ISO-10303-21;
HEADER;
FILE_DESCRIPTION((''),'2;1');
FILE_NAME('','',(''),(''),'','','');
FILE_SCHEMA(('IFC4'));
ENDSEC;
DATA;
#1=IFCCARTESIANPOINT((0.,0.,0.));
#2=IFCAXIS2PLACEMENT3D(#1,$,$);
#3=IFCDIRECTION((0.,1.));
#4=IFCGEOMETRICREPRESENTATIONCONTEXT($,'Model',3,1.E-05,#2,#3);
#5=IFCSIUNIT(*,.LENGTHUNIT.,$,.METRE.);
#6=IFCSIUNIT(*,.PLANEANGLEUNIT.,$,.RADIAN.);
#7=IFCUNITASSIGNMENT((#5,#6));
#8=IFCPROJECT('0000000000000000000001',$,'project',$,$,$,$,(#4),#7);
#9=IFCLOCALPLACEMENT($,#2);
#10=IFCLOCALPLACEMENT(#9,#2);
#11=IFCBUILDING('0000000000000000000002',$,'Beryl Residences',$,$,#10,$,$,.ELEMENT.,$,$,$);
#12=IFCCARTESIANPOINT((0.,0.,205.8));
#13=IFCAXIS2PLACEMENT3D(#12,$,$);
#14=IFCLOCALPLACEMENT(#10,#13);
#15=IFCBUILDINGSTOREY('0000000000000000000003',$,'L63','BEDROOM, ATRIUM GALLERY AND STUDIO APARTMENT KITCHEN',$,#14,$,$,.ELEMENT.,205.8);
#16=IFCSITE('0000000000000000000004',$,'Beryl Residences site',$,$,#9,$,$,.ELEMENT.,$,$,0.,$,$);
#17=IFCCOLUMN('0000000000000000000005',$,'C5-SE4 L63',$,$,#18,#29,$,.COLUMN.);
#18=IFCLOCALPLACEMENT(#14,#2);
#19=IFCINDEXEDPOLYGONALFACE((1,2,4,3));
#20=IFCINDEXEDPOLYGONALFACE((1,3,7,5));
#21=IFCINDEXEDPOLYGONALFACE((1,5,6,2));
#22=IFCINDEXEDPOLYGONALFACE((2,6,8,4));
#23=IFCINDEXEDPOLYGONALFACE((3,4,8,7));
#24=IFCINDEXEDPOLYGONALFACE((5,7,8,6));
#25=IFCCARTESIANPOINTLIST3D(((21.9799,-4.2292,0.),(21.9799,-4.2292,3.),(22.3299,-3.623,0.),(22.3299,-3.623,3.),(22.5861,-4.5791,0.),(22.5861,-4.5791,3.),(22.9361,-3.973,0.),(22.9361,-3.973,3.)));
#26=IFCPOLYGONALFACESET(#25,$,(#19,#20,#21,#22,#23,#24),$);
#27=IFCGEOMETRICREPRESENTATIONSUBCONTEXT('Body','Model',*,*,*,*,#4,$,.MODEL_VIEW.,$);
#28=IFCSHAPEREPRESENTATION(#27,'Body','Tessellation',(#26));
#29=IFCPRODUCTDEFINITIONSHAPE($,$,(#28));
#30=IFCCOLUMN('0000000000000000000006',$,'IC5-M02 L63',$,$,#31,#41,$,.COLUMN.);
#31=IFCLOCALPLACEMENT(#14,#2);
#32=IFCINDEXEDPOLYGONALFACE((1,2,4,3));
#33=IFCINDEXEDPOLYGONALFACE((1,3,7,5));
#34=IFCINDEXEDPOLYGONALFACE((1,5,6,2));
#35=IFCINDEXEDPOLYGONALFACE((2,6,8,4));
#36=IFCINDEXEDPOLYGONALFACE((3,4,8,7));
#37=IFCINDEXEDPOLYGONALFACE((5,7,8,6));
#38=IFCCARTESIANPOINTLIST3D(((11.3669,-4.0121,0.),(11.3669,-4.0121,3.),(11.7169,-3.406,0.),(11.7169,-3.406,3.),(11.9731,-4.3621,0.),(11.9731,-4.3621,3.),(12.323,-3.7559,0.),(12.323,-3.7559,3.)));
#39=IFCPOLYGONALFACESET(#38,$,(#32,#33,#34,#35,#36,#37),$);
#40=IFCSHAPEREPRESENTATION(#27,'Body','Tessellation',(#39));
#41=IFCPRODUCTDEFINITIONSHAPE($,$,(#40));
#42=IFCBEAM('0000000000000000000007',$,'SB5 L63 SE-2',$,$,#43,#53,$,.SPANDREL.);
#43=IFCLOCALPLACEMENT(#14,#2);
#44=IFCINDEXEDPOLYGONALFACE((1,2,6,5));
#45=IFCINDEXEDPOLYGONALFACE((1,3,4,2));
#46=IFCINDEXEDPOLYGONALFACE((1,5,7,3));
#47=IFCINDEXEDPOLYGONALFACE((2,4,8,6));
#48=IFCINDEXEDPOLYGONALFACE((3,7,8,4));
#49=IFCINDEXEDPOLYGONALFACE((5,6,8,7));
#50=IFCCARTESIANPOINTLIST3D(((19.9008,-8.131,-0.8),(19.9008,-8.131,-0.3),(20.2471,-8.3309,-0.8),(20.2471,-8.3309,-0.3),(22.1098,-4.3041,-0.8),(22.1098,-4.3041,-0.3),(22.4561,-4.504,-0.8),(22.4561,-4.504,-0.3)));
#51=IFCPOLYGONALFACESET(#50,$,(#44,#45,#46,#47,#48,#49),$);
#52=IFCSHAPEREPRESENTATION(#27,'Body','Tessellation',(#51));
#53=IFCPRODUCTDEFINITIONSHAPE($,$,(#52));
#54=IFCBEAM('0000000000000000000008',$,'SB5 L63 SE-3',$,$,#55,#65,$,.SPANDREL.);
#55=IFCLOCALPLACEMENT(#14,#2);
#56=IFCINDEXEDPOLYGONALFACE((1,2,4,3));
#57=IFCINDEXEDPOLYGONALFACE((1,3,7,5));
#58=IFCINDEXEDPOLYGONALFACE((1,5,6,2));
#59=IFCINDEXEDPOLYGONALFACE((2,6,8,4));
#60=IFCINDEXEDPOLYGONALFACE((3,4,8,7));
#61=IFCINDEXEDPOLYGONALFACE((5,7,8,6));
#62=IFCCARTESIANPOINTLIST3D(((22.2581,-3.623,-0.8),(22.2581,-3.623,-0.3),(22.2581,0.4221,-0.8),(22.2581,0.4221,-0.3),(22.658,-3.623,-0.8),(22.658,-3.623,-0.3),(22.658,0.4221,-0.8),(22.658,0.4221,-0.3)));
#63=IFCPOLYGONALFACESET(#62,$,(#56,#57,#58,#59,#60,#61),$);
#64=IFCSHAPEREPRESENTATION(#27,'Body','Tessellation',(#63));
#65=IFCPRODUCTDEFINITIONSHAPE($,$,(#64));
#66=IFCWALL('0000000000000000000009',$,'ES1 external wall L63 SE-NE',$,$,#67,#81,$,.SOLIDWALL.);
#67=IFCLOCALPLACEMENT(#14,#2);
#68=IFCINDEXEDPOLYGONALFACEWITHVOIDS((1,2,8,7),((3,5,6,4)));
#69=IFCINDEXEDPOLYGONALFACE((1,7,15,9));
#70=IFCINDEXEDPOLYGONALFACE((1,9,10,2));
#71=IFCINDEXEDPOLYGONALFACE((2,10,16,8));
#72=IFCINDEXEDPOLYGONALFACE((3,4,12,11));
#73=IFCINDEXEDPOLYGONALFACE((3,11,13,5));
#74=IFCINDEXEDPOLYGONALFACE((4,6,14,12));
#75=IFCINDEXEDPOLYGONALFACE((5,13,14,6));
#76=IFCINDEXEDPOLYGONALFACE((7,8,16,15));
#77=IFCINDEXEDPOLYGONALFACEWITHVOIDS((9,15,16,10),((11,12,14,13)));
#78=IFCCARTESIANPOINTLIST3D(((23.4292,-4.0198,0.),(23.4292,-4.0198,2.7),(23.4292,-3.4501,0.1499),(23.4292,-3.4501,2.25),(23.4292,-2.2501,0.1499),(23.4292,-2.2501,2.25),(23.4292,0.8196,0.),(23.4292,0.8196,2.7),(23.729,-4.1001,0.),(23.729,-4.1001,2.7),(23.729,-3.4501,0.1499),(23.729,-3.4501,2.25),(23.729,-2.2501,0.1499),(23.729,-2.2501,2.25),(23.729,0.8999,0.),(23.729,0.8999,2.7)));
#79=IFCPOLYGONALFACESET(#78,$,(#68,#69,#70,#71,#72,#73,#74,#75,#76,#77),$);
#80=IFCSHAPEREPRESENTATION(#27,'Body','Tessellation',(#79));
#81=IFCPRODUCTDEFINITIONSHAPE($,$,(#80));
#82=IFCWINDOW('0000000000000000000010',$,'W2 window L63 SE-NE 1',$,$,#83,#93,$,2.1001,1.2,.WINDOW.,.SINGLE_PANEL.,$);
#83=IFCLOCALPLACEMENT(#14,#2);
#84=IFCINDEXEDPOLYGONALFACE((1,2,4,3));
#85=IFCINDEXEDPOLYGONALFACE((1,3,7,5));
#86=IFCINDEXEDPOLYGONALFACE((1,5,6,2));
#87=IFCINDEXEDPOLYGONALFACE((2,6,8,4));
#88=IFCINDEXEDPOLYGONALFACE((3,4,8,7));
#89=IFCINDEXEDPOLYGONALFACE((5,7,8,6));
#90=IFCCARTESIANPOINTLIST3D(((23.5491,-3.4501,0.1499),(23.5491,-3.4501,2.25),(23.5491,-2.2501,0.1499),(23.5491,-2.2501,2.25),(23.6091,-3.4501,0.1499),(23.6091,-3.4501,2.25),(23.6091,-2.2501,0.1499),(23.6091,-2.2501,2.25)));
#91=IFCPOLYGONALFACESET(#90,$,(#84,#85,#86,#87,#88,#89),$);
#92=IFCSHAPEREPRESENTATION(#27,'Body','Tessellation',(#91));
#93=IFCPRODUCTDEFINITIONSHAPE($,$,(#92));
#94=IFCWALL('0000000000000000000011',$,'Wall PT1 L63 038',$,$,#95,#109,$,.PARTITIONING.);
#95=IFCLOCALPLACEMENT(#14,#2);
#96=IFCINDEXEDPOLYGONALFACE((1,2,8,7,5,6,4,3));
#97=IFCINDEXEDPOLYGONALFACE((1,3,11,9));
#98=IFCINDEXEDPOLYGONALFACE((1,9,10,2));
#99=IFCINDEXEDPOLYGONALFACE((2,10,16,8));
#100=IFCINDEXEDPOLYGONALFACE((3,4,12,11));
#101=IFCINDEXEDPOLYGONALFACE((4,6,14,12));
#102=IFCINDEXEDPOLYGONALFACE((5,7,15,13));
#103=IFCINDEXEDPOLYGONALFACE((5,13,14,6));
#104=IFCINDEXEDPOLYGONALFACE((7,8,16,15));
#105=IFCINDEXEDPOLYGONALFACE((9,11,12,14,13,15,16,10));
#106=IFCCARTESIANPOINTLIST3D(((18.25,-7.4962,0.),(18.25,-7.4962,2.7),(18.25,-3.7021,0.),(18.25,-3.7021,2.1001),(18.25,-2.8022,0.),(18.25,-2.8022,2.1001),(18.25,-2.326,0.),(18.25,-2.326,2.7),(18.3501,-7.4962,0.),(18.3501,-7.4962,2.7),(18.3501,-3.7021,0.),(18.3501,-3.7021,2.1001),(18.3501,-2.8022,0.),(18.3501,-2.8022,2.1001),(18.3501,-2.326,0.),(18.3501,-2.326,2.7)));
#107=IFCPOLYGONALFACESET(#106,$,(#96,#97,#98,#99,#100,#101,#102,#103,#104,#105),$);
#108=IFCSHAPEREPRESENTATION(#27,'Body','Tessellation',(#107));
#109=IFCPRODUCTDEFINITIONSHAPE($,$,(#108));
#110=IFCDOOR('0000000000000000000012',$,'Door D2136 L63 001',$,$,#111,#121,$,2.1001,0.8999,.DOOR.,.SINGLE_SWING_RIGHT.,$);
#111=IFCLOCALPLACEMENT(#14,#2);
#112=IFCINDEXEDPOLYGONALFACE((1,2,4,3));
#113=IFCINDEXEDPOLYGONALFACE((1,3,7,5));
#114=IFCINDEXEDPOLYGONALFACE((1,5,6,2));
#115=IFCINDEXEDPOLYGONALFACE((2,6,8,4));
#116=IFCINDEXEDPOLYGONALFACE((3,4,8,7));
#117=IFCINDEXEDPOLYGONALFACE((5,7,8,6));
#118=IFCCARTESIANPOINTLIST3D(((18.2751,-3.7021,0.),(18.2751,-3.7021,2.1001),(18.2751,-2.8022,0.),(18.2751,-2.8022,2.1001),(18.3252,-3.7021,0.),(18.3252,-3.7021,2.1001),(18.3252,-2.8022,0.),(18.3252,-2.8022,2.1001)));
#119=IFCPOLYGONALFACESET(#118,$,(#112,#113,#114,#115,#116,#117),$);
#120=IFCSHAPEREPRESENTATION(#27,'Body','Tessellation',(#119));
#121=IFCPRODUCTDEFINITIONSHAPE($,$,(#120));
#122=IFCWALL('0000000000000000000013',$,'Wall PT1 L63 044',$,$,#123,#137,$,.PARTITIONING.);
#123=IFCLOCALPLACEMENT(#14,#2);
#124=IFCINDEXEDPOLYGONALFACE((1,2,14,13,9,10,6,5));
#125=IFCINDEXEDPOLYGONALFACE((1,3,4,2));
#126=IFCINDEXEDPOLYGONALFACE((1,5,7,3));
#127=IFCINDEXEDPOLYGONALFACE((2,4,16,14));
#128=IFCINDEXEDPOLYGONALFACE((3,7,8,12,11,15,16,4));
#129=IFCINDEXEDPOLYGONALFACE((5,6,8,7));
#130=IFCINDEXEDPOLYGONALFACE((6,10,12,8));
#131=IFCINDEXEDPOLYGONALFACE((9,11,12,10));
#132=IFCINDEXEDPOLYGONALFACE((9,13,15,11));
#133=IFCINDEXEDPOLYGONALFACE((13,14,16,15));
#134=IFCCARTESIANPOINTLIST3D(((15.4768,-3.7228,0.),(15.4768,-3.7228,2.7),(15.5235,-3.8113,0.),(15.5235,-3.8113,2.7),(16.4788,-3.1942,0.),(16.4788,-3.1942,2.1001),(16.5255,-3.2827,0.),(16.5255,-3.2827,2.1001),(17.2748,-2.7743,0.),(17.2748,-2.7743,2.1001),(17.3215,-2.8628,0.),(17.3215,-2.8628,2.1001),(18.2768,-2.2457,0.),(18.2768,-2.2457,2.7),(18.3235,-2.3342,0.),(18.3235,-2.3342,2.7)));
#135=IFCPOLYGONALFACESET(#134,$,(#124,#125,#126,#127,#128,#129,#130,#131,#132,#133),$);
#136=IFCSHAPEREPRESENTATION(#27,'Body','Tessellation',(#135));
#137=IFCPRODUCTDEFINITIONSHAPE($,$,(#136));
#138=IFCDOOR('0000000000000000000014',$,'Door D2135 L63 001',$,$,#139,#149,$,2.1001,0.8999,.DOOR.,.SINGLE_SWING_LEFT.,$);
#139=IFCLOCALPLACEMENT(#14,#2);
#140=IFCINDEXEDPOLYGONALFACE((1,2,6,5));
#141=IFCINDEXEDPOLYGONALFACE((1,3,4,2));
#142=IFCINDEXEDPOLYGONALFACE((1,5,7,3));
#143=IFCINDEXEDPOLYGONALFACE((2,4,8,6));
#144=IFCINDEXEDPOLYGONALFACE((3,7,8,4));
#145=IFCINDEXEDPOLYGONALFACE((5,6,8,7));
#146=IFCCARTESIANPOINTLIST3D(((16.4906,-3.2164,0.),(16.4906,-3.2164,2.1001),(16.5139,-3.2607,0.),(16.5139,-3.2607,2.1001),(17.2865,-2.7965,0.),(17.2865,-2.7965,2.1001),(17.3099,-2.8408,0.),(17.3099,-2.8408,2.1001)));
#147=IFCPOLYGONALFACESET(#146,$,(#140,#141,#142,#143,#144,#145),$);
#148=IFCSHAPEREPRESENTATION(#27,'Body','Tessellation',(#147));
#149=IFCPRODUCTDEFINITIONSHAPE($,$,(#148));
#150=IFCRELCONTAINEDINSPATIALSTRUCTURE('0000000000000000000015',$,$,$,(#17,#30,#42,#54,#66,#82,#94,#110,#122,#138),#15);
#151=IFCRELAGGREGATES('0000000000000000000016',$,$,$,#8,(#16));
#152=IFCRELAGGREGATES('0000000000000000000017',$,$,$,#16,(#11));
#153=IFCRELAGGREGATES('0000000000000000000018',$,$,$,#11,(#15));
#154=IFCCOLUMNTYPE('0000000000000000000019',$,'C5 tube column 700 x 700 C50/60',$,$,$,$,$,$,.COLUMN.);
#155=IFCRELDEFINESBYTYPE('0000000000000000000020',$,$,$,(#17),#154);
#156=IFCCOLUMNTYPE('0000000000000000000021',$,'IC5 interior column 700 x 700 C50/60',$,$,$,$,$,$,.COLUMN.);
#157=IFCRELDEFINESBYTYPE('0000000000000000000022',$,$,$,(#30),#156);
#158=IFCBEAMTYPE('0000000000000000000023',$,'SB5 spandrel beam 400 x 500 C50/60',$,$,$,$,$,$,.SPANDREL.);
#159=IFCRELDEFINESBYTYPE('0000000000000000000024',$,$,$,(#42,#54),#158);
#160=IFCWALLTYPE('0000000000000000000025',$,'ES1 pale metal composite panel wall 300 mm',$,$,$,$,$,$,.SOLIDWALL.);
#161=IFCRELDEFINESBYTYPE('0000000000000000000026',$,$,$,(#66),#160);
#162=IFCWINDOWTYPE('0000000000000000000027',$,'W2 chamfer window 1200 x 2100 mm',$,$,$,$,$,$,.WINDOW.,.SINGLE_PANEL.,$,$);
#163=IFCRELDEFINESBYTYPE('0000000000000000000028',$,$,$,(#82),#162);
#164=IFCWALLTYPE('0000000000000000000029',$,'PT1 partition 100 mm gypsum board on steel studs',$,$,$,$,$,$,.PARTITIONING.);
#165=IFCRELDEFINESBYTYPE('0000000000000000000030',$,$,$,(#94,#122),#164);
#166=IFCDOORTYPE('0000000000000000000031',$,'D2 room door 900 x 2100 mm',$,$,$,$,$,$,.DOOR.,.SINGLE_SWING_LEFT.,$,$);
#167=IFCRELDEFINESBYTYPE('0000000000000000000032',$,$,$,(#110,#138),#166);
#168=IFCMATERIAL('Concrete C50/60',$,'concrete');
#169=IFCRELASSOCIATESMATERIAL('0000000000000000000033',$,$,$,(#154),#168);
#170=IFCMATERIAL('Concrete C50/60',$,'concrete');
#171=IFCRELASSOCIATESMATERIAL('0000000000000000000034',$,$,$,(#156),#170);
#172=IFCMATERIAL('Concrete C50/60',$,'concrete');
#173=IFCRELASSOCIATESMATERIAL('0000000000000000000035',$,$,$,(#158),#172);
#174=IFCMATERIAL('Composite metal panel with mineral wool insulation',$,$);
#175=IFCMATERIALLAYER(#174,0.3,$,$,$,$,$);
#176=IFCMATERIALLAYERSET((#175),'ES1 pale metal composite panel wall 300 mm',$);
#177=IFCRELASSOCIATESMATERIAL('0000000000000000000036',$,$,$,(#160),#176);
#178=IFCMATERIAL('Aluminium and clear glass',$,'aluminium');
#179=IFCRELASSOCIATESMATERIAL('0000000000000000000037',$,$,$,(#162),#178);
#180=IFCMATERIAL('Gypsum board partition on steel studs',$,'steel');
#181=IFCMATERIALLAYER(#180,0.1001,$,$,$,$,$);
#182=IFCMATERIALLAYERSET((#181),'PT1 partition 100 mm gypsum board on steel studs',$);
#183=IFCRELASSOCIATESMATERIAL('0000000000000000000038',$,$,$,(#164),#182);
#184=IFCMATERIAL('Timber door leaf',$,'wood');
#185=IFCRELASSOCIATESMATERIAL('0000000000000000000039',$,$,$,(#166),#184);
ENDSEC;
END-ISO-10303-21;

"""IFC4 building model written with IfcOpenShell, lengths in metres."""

from ifc_helpers import new_model, si_unit, direction, frame, frame_2d, origin, origin_2d, place, context, subcontext, project, spatial, polyline, rectangle, outline, extrude, material, layer, layer_set, material_profile, profile_set, type_object, element, fill, save


model = new_model("IFC4")

# Units and contexts
model_context = context("Model", 3, precision=1e-05, world=origin(), true_north=direction((0.0, 1.0)))
body_context = subcontext(model_context, "Body", "Model", "MODEL_VIEW")
ifc_project = project(units=[si_unit("LENGTHUNIT", "METRE"), si_unit("PLANEANGLEUNIT", "RADIAN")], contexts=[model_context])

# Site, building, storey
site_placement = place(None, origin())
site = spatial("IfcSite", under=ifc_project, at=site_placement, Name="Beryl Residences site", CompositionType="ELEMENT", RefElevation=0.0)
building_placement = place(site_placement, origin())
building = spatial("IfcBuilding", under=site, at=building_placement, Name="Beryl Residences", CompositionType="ELEMENT")
storey_placement = place(building_placement, frame((0.0, 0.0, 205.8)))
storey = spatial("IfcBuildingStorey", under=building, at=storey_placement, Name="L63", Description="BEDROOM, ATRIUM GALLERY AND STUDIO APARTMENT KITCHEN", CompositionType="ELEMENT", Elevation=205.8)

# Columns
ifc_material_1 = material(Name="Concrete C50/60", Category="concrete")
ifc_material_profile_1 = material_profile(ifc_material_1, rectangle(XDim=0.7, YDim=0.7, at=origin_2d()))
ifc_profile_set_1 = profile_set([ifc_material_profile_1], Name="Concrete C50/60")
column_type_1 = type_object("IfcColumnType", Name="C5 tube column 700 x 700 C50/60", PredefinedType="COLUMN", material=ifc_profile_set_1)
column_1_placement = place(storey_placement, frame((22.458, -4.1011, 0.0), z_axis=(0.0, 0.0, 1.0), x_axis=(0.499985, 0.866034, 0.0)))
element("IfcColumn", 1, at=column_1_placement, inside=storey, type_object=column_type_1, Name="C5-SE4 L63", PredefinedType="COLUMN", context=body_context, shape_type="SweptSolid", body=[
    extrude(rectangle(XDim=0.7, YDim=0.7, at=origin_2d()), origin(), (0.0, 0.0, 1.0), 3.0),
])
ifc_material_2 = material(Name="Concrete C50/60", Category="concrete")
ifc_material_profile_2 = material_profile(ifc_material_2, rectangle(XDim=0.7, YDim=0.7, at=origin_2d()))
ifc_profile_set_2 = profile_set([ifc_material_profile_2], Name="Concrete C50/60")
column_type_2 = type_object("IfcColumnType", Name="IC5 interior column 700 x 700 C50/60", PredefinedType="COLUMN", material=ifc_profile_set_2)
column_2_placement = place(storey_placement, frame((11.845, -3.884, 0.0), z_axis=(0.0, 0.0, 1.0), x_axis=(0.499985, 0.866034, 0.0)))
element("IfcColumn", 2, at=column_2_placement, inside=storey, type_object=column_type_2, Name="IC5-M02 L63", PredefinedType="COLUMN", context=body_context, shape_type="SweptSolid", body=[
    extrude(rectangle(XDim=0.7, YDim=0.7, at=origin_2d()), origin(), (0.0, 0.0, 1.0), 3.0),
])

# Beams
ifc_material_3 = material(Name="Concrete C50/60", Category="concrete")
ifc_material_profile_3 = material_profile(ifc_material_3, rectangle(XDim=0.3999, YDim=0.5, at=origin_2d()))
ifc_profile_set_3 = profile_set([ifc_material_profile_3], Name="Concrete C50/60")
beam_type = type_object("IfcBeamType", Name="SB5 spandrel beam 400 x 500 C50/60", PredefinedType="SPANDREL", material=ifc_profile_set_3)
beam_1_placement = place(storey_placement, frame((20.074, -8.231, -0.55), z_axis=(0.499919, 0.866072, 0.0), x_axis=(-0.866072, 0.499919, 0.0)))
element("IfcBeam", 3, at=beam_1_placement, inside=storey, type_object=beam_type, Name="SB5 L63 SE-2", PredefinedType="SPANDREL", context=body_context, shape_type="SweptSolid", body=[
    extrude(rectangle(XDim=0.3999, YDim=0.5, at=origin_2d()), origin(), (0.0, 0.0, 1.0), 4.4187),
])
beam_2_placement = place(storey_placement, frame((22.458, -3.623, -0.55), z_axis=(0.0, 1.0, 0.0), x_axis=(-1.0, 0.0, 0.0)))
element("IfcBeam", 4, at=beam_2_placement, inside=storey, type_object=beam_type, Name="SB5 L63 SE-3", PredefinedType="SPANDREL", context=body_context, shape_type="SweptSolid", body=[
    extrude(rectangle(XDim=0.3999, YDim=0.5, at=origin_2d()), origin(), (0.0, 0.0, 1.0), 4.0452),
])

# Wall, opening, window
ifc_material_4 = material(Name="Composite metal panel with mineral wool insulation")
ifc_layer_1 = layer(ifc_material_4, 0.3)
ifc_layer_set_1 = layer_set([ifc_layer_1], Name="ES1 pale metal composite panel wall 300 mm")
wall_type_1 = type_object("IfcWallType", Name="ES1 pale metal composite panel wall 300 mm", PredefinedType="SOLIDWALL", material=ifc_layer_set_1)
wall_1_placement = place(storey_placement, frame((23.5791, -4.1001, 0.0), z_axis=(0.0, 0.0, 1.0), x_axis=(0.0, 1.0, 0.0)))
wall_1 = element("IfcWall", 5, at=wall_1_placement, inside=storey, type_object=wall_type_1, Name="ES1 external wall L63 SE-NE", PredefinedType="SOLIDWALL", context=body_context, shape_type="SweptSolid", body=[
    extrude(outline(polyline([(0.0, -0.1499), (5.0, -0.1499), (4.9197, 0.1499), (0.0803, 0.1499), (0.0, -0.1499)])), origin(), (0.0, 0.0, 1.0), 2.7),
])
opening_1_placement = place(wall_1_placement, frame((0.6499, 0.0, 0.1499)))
opening_1 = element("IfcOpeningElement", 6, at=opening_1_placement, cuts=wall_1, PredefinedType="OPENING", context=body_context, shape_type="SweptSolid", body=[
    extrude(rectangle(XDim=1.2, YDim=2.1001, at=frame_2d((0.6001, 1.05))), frame((0.0, 0.1599, 0.0), z_axis=(0.0, -1.0, 0.0), x_axis=(1.0, 0.0, 0.0)), (0.0, 0.0, 1.0), 0.3201),
])
ifc_material_5 = material(Name="Aluminium and clear glass", Category="aluminium")
window_type = type_object("IfcWindowType", Name="W2 chamfer window 1200 x 2100 mm", PartitioningType="SINGLE_PANEL", PredefinedType="WINDOW", material=ifc_material_5)
window_placement = place(opening_1_placement, origin())
window = element("IfcWindow", 7, at=window_placement, inside=storey, type_object=window_type, Name="W2 window L63 SE-NE 1", OverallHeight=2.1001, OverallWidth=1.2, PartitioningType="SINGLE_PANEL", PredefinedType="WINDOW", context=body_context, shape_type="SweptSolid", body=[
    extrude(rectangle(XDim=1.2, YDim=2.1001, at=frame_2d((0.6001, 1.05))), frame((0.0, 0.03, 0.0), z_axis=(0.0, -1.0, 0.0), x_axis=(1.0, 0.0, 0.0)), (0.0, 0.0, 1.0), 0.0601),
])
fill(opening_1, window)

# Walls, openings, doors
ifc_material_6 = material(Name="Gypsum board partition on steel studs", Category="steel")
ifc_layer_2 = layer(ifc_material_6, 0.1001)
ifc_layer_set_2 = layer_set([ifc_layer_2], Name="PT1 partition 100 mm gypsum board on steel studs")
wall_type_2 = type_object("IfcWallType", Name="PT1 partition 100 mm gypsum board on steel studs", PredefinedType="PARTITIONING", material=ifc_layer_set_2)
wall_2_placement = place(storey_placement, frame((18.3, -7.4961, 0.0), z_axis=(0.0, 0.0, 1.0), x_axis=(0.0, 1.0, 0.0)))
wall_2 = element("IfcWall", 8, at=wall_2_placement, inside=storey, type_object=wall_type_2, Name="Wall PT1 L63 038", PredefinedType="PARTITIONING", context=body_context, shape_type="SweptSolid", body=[
    extrude(rectangle(XDim=5.1702, YDim=0.1001, at=frame_2d((2.585, 0.0))), origin(), (0.0, 0.0, 1.0), 2.7),
])
opening_2_placement = place(wall_2_placement, frame((3.7939, 0.0, 0.0)))
opening_2 = element("IfcOpeningElement", 9, at=opening_2_placement, cuts=wall_2, PredefinedType="OPENING", context=body_context, shape_type="SweptSolid", body=[
    extrude(rectangle(XDim=0.8999, YDim=2.1001, at=frame_2d((0.45, 1.05))), frame((0.0, 0.0601, 0.0), z_axis=(0.0, -1.0, 0.0), x_axis=(1.0, 0.0, 0.0)), (0.0, 0.0, 1.0), 0.1201),
])
ifc_material_7 = material(Name="Timber door leaf", Category="wood")
door_type_1 = type_object("IfcDoorType", Name="D2 room door 900 x 2100 mm", OperationType="SINGLE_SWING_LEFT", PredefinedType="DOOR", material=ifc_material_7)
door_1_placement = place(opening_2_placement, origin())
door_1 = element("IfcDoor", 10, at=door_1_placement, inside=storey, type_object=door_type_1, Name="Door D2136 L63 001", OperationType="SINGLE_SWING_RIGHT", OverallHeight=2.1001, OverallWidth=0.8999, PredefinedType="DOOR", context=body_context, shape_type="SweptSolid", body=[
    extrude(rectangle(XDim=0.8999, YDim=2.1001, at=frame_2d((0.45, 1.05))), frame((0.0, 0.0249, 0.0), z_axis=(0.0, -1.0, 0.0), x_axis=(1.0, 0.0, 0.0)), (0.0, 0.0, 1.0), 0.05),
])
fill(opening_2, door_1)
wall_3_placement = place(storey_placement, frame((15.5, -3.7671, 0.0), z_axis=(0.0, 0.0, 1.0), x_axis=(0.884483, 0.466573, 0.0)))
wall_3 = element("IfcWall", 11, at=wall_3_placement, inside=storey, type_object=wall_type_2, Name="Wall PT1 L63 044", PredefinedType="PARTITIONING", context=body_context, shape_type="SweptSolid", body=[
    extrude(rectangle(XDim=3.1658, YDim=0.1001, at=frame_2d((1.583, 0.0))), origin(), (0.0, 0.0, 1.0), 2.7),
])
opening_3_placement = place(wall_3_placement, frame((1.1331, 0.0, 0.0)))
opening_3 = element("IfcOpeningElement", 12, at=opening_3_placement, cuts=wall_3, PredefinedType="OPENING", context=body_context, shape_type="SweptSolid", body=[
    extrude(rectangle(XDim=0.8999, YDim=2.1001, at=frame_2d((0.45, 1.05))), frame((0.0, 0.0601, 0.0), z_axis=(0.0, -1.0, 0.0), x_axis=(1.0, 0.0, 0.0)), (0.0, 0.0, 1.0), 0.1201),
])
door_2_placement = place(opening_3_placement, origin())
door_2 = element("IfcDoor", 13, at=door_2_placement, inside=storey, type_object=door_type_1, Name="Door D2135 L63 001", OperationType="SINGLE_SWING_LEFT", OverallHeight=2.1001, OverallWidth=0.8999, PredefinedType="DOOR", context=body_context, shape_type="SweptSolid", body=[
    extrude(rectangle(XDim=0.8999, YDim=2.1001, at=frame_2d((0.45, 1.05))), frame((0.0, 0.0249, 0.0), z_axis=(0.0, -1.0, 0.0), x_axis=(1.0, 0.0, 0.0)), (0.0, 0.0, 1.0), 0.05),
])
fill(opening_3, door_2)

save(model, "model.ifc")
